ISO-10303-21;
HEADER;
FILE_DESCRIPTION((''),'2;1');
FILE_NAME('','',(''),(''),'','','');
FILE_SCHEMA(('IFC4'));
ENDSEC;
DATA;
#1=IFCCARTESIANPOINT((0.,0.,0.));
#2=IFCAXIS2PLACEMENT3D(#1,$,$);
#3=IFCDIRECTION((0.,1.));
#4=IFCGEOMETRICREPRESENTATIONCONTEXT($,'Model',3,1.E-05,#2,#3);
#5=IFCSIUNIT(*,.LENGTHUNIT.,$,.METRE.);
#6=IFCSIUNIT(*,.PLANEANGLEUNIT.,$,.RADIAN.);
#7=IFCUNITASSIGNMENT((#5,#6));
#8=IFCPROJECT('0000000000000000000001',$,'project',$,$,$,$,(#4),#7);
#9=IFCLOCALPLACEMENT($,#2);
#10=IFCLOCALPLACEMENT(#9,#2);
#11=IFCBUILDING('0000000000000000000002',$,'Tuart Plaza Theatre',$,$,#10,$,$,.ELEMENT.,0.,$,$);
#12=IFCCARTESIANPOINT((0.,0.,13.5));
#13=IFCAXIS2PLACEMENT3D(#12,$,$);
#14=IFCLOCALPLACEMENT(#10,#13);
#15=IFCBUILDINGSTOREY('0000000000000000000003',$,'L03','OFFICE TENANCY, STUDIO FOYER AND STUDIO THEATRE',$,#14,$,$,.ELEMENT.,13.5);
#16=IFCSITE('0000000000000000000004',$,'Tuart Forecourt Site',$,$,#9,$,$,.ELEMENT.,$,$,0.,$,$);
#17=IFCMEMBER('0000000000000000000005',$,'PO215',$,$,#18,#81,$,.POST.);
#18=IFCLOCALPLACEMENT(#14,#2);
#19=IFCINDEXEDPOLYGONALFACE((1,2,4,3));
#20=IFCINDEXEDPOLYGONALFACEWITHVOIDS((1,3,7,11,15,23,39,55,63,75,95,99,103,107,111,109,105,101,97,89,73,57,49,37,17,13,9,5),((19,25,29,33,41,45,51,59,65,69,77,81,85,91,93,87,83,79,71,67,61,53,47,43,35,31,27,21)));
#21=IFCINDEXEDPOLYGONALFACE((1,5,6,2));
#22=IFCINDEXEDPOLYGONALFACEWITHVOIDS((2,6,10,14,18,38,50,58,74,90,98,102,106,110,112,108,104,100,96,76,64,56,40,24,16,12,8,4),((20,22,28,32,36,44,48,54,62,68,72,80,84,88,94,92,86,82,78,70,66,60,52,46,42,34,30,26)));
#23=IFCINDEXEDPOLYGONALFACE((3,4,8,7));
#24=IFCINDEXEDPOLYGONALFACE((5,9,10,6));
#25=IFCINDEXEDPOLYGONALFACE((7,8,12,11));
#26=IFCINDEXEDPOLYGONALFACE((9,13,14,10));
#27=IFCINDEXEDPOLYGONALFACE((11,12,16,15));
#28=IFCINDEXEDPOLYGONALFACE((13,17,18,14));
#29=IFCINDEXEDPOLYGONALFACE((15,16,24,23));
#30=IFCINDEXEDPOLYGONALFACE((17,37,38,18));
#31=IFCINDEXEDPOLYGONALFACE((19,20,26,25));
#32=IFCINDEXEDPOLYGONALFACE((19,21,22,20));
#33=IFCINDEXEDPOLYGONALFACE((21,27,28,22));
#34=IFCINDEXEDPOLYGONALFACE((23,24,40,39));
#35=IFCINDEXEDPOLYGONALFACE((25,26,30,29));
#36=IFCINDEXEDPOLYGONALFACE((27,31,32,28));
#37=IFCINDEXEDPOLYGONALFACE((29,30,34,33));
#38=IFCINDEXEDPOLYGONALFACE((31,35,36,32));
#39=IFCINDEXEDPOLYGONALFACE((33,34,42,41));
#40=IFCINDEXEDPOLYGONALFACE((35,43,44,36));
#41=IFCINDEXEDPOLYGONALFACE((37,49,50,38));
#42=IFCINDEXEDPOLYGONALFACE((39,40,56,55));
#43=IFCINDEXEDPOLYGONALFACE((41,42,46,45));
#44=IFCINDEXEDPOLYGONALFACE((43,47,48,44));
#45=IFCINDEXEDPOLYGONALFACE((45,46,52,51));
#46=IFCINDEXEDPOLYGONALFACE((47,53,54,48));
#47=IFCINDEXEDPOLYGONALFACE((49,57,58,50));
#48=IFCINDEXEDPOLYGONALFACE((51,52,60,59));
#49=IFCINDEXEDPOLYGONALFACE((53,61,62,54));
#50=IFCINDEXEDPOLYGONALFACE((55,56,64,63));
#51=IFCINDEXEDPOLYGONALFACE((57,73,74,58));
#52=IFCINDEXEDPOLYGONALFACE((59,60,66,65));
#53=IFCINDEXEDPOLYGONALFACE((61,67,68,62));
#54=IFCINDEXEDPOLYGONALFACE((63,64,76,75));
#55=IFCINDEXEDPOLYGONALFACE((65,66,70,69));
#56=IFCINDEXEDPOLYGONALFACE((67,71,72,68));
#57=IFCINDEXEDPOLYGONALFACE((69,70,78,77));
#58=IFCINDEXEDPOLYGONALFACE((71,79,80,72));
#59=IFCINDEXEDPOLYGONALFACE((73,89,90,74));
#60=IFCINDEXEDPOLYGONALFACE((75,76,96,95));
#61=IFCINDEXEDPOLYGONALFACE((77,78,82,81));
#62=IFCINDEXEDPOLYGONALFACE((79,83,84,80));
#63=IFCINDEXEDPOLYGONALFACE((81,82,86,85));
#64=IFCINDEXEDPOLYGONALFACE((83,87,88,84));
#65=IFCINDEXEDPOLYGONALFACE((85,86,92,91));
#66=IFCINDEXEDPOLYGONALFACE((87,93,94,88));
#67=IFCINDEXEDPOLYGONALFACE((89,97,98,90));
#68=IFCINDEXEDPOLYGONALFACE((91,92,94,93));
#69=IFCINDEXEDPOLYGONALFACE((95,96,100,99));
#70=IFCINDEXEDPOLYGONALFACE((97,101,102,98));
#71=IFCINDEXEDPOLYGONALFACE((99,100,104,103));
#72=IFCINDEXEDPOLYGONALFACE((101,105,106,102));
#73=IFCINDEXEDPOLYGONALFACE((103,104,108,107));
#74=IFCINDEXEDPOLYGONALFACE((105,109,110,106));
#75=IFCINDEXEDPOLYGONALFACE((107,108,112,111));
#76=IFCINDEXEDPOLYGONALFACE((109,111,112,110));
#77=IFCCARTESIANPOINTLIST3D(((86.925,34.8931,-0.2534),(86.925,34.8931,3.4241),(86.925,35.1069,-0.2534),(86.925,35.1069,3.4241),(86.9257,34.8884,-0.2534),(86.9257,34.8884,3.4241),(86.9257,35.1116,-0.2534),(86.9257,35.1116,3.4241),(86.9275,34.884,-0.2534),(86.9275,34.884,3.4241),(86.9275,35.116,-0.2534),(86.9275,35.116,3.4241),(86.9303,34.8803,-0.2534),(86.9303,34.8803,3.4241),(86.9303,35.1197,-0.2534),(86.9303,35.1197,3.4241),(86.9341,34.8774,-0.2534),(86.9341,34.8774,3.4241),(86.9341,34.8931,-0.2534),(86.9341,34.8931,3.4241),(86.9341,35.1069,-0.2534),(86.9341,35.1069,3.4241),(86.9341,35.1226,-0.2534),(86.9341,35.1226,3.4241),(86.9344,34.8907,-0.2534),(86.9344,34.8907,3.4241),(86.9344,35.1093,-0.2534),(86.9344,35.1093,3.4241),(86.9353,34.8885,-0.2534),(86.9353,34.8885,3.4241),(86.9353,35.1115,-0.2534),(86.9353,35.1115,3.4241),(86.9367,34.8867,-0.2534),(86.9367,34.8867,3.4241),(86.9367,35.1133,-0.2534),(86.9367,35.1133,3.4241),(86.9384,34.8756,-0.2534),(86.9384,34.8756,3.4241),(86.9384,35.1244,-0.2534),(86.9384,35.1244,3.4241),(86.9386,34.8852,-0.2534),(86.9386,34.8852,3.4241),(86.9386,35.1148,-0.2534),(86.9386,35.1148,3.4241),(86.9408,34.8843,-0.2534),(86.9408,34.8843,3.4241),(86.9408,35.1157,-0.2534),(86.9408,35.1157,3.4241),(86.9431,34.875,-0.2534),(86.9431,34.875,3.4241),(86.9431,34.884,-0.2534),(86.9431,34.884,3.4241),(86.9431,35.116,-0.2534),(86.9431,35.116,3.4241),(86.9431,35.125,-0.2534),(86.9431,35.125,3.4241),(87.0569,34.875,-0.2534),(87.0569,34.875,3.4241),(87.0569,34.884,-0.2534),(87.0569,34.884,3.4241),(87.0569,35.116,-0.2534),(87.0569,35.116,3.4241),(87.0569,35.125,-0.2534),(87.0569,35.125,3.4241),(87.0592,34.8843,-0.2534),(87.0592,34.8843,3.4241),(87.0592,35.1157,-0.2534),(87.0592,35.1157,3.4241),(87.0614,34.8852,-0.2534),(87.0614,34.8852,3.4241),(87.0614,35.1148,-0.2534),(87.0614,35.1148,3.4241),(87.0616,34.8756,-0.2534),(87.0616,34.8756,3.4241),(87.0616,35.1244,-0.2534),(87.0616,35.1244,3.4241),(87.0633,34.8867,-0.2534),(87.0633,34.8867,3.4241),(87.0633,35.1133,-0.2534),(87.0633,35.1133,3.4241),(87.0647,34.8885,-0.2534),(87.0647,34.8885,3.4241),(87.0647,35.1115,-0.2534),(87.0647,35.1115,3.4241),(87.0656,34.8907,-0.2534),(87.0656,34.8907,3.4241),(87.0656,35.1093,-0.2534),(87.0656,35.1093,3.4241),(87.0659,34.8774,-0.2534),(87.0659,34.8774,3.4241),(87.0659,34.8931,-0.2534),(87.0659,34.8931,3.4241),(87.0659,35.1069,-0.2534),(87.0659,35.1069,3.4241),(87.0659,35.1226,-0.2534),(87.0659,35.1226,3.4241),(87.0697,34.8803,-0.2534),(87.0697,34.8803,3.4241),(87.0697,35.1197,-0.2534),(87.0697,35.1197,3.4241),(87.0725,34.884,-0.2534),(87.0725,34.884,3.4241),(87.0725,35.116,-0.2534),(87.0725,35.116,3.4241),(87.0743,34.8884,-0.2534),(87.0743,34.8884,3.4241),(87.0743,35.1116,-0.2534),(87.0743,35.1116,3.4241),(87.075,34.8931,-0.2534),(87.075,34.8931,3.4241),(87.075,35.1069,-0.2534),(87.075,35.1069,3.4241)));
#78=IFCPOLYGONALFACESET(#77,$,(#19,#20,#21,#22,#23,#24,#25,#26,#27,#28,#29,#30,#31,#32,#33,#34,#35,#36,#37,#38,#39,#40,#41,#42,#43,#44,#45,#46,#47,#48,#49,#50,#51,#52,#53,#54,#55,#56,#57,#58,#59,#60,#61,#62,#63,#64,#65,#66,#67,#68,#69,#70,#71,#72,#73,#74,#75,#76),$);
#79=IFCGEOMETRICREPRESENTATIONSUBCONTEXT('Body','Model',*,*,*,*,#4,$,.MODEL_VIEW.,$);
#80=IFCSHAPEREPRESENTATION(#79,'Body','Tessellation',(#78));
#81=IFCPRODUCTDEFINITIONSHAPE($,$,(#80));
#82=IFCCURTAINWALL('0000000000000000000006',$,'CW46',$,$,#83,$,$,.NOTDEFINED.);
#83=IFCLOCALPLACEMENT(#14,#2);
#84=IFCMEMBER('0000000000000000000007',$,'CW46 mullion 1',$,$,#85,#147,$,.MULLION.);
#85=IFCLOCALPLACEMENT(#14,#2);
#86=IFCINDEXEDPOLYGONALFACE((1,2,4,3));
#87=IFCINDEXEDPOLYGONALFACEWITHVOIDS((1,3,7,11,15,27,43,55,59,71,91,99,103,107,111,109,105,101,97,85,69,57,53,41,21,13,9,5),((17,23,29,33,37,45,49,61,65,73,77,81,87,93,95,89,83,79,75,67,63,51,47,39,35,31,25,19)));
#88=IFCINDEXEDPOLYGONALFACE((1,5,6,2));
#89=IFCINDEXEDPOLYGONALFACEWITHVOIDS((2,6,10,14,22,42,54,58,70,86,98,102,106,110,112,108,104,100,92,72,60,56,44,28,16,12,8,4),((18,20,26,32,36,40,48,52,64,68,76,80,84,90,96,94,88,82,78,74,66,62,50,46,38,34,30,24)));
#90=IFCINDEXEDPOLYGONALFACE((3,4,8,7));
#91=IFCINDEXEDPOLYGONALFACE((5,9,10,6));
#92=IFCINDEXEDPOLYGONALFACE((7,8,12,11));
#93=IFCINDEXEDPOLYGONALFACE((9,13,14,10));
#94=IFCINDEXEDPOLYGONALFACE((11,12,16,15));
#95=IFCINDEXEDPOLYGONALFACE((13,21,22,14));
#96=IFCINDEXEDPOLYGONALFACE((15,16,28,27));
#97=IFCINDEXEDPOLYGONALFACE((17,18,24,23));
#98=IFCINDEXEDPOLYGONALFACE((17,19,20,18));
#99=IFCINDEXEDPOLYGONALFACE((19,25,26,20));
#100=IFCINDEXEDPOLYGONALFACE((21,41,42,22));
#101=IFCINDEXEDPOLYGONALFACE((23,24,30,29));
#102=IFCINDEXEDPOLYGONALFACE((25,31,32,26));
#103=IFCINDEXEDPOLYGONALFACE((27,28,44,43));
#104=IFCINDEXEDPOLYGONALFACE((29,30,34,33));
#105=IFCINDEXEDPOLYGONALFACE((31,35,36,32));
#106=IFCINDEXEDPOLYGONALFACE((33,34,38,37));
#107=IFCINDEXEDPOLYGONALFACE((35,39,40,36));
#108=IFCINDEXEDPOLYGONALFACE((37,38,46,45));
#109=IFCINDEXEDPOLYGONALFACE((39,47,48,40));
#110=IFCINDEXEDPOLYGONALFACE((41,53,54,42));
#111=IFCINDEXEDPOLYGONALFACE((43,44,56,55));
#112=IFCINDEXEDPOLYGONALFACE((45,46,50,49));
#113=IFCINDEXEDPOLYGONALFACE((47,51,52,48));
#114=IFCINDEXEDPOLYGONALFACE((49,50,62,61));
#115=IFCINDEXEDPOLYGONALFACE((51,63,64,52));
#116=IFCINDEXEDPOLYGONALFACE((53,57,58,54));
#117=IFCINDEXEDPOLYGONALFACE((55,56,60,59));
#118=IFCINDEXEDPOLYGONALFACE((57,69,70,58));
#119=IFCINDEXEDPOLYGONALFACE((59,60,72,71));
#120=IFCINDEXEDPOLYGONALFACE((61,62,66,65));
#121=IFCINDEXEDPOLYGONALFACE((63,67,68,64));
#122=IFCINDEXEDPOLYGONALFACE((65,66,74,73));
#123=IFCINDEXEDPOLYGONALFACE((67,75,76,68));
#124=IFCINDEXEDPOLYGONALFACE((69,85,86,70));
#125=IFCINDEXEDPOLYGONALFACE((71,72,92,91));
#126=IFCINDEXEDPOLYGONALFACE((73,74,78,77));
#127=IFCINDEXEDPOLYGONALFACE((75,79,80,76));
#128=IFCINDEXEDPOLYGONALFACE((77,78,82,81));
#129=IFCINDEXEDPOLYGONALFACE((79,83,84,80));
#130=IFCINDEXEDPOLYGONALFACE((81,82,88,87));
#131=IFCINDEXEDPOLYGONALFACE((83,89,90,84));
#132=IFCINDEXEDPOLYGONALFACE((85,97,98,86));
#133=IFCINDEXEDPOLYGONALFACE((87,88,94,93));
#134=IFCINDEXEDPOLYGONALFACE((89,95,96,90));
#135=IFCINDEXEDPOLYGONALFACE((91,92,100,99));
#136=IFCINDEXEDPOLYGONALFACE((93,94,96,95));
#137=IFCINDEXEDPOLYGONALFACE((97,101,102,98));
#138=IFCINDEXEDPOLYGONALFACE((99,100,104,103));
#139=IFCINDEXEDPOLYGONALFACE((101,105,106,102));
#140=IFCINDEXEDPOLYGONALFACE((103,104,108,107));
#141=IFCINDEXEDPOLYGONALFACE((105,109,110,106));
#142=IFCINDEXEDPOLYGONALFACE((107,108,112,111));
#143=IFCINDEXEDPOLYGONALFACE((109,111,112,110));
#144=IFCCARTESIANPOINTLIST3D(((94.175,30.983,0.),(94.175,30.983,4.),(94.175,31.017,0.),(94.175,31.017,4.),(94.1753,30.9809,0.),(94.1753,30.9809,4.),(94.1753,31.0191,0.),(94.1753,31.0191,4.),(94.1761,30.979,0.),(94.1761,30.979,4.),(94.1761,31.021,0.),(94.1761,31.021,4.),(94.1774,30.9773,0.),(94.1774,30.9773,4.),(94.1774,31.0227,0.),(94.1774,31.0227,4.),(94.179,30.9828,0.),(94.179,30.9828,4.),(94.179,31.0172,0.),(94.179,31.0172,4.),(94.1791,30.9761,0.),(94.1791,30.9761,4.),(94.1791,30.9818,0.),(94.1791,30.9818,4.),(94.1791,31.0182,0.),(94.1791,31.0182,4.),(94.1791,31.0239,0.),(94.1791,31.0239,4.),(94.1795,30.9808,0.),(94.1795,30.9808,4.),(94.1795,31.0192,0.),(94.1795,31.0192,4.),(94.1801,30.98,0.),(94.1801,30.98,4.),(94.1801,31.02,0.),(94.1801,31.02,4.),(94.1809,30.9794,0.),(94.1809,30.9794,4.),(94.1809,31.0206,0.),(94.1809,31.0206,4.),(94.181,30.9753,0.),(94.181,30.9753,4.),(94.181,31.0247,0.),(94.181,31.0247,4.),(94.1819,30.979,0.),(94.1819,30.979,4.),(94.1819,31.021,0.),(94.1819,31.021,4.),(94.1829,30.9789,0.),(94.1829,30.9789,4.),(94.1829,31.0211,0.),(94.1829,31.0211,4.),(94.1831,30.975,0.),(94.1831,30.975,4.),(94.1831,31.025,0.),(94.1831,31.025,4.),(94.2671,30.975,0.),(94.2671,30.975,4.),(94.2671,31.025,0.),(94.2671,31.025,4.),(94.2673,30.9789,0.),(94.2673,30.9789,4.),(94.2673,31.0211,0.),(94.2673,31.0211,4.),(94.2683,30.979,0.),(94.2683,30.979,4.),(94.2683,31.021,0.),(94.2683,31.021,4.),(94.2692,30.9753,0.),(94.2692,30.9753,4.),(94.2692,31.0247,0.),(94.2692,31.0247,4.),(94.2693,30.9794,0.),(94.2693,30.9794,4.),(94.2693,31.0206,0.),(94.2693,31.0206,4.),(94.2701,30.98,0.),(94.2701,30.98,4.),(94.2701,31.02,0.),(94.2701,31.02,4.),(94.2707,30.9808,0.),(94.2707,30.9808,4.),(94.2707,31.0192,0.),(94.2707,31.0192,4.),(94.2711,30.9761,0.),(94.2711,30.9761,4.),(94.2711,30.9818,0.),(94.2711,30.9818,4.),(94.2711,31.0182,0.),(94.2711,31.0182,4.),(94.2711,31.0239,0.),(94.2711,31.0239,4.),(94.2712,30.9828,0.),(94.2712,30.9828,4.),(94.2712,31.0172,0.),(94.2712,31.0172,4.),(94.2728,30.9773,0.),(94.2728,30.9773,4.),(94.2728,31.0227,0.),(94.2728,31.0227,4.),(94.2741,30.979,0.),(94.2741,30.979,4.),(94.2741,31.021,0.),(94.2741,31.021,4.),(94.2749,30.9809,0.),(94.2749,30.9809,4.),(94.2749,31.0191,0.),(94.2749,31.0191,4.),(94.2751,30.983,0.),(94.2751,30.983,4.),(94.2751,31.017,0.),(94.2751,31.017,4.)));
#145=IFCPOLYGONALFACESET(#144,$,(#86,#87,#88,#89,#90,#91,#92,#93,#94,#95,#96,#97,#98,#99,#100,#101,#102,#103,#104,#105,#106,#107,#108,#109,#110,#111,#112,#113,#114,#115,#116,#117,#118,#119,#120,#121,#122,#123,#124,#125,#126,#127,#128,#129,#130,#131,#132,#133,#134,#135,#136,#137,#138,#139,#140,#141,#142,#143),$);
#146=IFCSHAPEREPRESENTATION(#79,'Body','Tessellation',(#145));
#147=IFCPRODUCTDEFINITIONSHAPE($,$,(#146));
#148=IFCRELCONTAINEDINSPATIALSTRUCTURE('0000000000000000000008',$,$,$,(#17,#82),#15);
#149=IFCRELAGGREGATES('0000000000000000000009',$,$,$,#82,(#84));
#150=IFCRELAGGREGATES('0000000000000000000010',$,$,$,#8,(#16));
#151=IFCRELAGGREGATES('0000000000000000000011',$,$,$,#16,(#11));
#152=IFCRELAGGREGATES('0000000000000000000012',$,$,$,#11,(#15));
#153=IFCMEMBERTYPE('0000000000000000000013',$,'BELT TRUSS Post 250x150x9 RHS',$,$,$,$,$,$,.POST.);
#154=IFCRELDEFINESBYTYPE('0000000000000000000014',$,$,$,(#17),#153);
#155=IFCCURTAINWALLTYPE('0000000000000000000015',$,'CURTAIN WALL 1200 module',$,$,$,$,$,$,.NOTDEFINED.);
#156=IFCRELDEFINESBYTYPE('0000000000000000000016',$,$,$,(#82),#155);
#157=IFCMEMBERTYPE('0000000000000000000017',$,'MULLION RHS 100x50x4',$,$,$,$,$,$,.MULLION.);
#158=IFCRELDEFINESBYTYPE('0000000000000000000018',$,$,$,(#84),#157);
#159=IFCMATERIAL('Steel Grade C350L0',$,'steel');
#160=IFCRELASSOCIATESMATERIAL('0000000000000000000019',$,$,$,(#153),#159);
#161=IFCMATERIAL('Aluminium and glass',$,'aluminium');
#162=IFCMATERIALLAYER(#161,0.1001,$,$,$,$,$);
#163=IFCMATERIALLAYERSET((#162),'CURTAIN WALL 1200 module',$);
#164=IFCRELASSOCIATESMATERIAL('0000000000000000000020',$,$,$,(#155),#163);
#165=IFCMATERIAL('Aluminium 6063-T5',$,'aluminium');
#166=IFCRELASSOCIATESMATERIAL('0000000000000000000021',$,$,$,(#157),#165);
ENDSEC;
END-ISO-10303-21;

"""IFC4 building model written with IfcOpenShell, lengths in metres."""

from ifc_helpers import new_model, si_unit, direction, frame, origin, origin_2d, place, context, subcontext, project, spatial, hollow_rectangle, extrude, material, layer, layer_set, material_profile, profile_set, type_object, element, aggregate, save


model = new_model("IFC4")

# Units and contexts
model_context = context("Model", 3, precision=1e-05, world=origin(), true_north=direction((0.0, 1.0)))
body_context = subcontext(model_context, "Body", "Model", "MODEL_VIEW")
ifc_project = project(units=[si_unit("LENGTHUNIT", "METRE"), si_unit("PLANEANGLEUNIT", "RADIAN")], contexts=[model_context])

# Site, building, storey
site_placement = place(None, origin())
site = spatial("IfcSite", under=ifc_project, at=site_placement, Name="Tuart Forecourt Site", CompositionType="ELEMENT", RefElevation=0.0)
building_placement = place(site_placement, origin())
building = spatial("IfcBuilding", under=site, at=building_placement, Name="Tuart Plaza Theatre", CompositionType="ELEMENT", ElevationOfRefHeight=0.0)
storey_placement = place(building_placement, frame((0.0, 0.0, 13.5)))
storey = spatial("IfcBuildingStorey", under=building, at=storey_placement, Name="L03", Description="OFFICE TENANCY, STUDIO FOYER AND STUDIO THEATRE", CompositionType="ELEMENT", Elevation=13.5)

# Member
ifc_material_1 = material(Name="Steel Grade C350L0", Category="steel")
ifc_material_profile_1 = material_profile(ifc_material_1, hollow_rectangle(XDim=0.1499, YDim=0.25, WallThickness=0.009, InnerFilletRadius=0.009, OuterFilletRadius=0.0181, at=origin_2d()), Name="250x150x9 RHS")
ifc_profile_set_1 = profile_set([ifc_material_profile_1], Name="Steel Grade C350L0")
member_type_1 = type_object("IfcMemberType", Name="BELT TRUSS Post 250x150x9 RHS", PredefinedType="POST", material=ifc_profile_set_1)
for number, where, z_axis, x_axis, name in (
    (1, (87.0, 35.0, -0.2534), (0.0, 0.0, 1.0), (1.0, 0.0, 0.0), "PO215"),
):
    element("IfcMember", number, at=place(storey_placement, frame(where, z_axis=z_axis, x_axis=x_axis)), inside=storey, type_object=member_type_1, Name=name, PredefinedType="POST", context=body_context, shape_type="SweptSolid", body=[
        extrude(hollow_rectangle(XDim=0.1499, YDim=0.25, WallThickness=0.009, InnerFilletRadius=0.009, OuterFilletRadius=0.0181, at=origin_2d()), origin(), (0.0, 0.0, 1.0), 3.6775),
    ])

# Curtain wall, member
ifc_material_2 = material(Name="Aluminium and glass", Category="aluminium")
ifc_layer_1 = layer(ifc_material_2, 0.1001)
ifc_layer_set_1 = layer_set([ifc_layer_1], Name="CURTAIN WALL 1200 module")
curtain_wall_type = type_object("IfcCurtainWallType", Name="CURTAIN WALL 1200 module", PredefinedType="NOTDEFINED", material=ifc_layer_set_1)
curtain_wall_placement = place(storey_placement, origin())
curtain_wall = element("IfcCurtainWall", 2, at=curtain_wall_placement, inside=storey, type_object=curtain_wall_type, Name="CW46", PredefinedType="NOTDEFINED")
ifc_material_3 = material(Name="Aluminium 6063-T5", Category="aluminium")
ifc_material_profile_2 = material_profile(ifc_material_3, hollow_rectangle(XDim=0.05, YDim=0.1001, WallThickness=0.0039, InnerFilletRadius=0.0039, OuterFilletRadius=0.0081, at=origin_2d()), Name="RHS 100x50x4")
ifc_profile_set_2 = profile_set([ifc_material_profile_2], Name="Aluminium 6063-T5")
member_type_2 = type_object("IfcMemberType", Name="MULLION RHS 100x50x4", PredefinedType="MULLION", material=ifc_profile_set_2)
member_1_placement = place(storey_placement, frame((94.2251, 31.0, 0.0), z_axis=(0.0, 0.0, 1.0), x_axis=(0.0, 1.0, 0.0)))
member_1 = element("IfcMember", 3, at=member_1_placement, type_object=member_type_2, Name="CW46 mullion 1", PredefinedType="MULLION", context=body_context, shape_type="SweptSolid", body=[
    extrude(hollow_rectangle(XDim=0.05, YDim=0.1001, WallThickness=0.0039, InnerFilletRadius=0.0039, OuterFilletRadius=0.0081, at=origin_2d()), origin(), (0.0, 0.0, 1.0), 4.0),
])
aggregate(curtain_wall, [member_1])

save(model, "model.ifc")
